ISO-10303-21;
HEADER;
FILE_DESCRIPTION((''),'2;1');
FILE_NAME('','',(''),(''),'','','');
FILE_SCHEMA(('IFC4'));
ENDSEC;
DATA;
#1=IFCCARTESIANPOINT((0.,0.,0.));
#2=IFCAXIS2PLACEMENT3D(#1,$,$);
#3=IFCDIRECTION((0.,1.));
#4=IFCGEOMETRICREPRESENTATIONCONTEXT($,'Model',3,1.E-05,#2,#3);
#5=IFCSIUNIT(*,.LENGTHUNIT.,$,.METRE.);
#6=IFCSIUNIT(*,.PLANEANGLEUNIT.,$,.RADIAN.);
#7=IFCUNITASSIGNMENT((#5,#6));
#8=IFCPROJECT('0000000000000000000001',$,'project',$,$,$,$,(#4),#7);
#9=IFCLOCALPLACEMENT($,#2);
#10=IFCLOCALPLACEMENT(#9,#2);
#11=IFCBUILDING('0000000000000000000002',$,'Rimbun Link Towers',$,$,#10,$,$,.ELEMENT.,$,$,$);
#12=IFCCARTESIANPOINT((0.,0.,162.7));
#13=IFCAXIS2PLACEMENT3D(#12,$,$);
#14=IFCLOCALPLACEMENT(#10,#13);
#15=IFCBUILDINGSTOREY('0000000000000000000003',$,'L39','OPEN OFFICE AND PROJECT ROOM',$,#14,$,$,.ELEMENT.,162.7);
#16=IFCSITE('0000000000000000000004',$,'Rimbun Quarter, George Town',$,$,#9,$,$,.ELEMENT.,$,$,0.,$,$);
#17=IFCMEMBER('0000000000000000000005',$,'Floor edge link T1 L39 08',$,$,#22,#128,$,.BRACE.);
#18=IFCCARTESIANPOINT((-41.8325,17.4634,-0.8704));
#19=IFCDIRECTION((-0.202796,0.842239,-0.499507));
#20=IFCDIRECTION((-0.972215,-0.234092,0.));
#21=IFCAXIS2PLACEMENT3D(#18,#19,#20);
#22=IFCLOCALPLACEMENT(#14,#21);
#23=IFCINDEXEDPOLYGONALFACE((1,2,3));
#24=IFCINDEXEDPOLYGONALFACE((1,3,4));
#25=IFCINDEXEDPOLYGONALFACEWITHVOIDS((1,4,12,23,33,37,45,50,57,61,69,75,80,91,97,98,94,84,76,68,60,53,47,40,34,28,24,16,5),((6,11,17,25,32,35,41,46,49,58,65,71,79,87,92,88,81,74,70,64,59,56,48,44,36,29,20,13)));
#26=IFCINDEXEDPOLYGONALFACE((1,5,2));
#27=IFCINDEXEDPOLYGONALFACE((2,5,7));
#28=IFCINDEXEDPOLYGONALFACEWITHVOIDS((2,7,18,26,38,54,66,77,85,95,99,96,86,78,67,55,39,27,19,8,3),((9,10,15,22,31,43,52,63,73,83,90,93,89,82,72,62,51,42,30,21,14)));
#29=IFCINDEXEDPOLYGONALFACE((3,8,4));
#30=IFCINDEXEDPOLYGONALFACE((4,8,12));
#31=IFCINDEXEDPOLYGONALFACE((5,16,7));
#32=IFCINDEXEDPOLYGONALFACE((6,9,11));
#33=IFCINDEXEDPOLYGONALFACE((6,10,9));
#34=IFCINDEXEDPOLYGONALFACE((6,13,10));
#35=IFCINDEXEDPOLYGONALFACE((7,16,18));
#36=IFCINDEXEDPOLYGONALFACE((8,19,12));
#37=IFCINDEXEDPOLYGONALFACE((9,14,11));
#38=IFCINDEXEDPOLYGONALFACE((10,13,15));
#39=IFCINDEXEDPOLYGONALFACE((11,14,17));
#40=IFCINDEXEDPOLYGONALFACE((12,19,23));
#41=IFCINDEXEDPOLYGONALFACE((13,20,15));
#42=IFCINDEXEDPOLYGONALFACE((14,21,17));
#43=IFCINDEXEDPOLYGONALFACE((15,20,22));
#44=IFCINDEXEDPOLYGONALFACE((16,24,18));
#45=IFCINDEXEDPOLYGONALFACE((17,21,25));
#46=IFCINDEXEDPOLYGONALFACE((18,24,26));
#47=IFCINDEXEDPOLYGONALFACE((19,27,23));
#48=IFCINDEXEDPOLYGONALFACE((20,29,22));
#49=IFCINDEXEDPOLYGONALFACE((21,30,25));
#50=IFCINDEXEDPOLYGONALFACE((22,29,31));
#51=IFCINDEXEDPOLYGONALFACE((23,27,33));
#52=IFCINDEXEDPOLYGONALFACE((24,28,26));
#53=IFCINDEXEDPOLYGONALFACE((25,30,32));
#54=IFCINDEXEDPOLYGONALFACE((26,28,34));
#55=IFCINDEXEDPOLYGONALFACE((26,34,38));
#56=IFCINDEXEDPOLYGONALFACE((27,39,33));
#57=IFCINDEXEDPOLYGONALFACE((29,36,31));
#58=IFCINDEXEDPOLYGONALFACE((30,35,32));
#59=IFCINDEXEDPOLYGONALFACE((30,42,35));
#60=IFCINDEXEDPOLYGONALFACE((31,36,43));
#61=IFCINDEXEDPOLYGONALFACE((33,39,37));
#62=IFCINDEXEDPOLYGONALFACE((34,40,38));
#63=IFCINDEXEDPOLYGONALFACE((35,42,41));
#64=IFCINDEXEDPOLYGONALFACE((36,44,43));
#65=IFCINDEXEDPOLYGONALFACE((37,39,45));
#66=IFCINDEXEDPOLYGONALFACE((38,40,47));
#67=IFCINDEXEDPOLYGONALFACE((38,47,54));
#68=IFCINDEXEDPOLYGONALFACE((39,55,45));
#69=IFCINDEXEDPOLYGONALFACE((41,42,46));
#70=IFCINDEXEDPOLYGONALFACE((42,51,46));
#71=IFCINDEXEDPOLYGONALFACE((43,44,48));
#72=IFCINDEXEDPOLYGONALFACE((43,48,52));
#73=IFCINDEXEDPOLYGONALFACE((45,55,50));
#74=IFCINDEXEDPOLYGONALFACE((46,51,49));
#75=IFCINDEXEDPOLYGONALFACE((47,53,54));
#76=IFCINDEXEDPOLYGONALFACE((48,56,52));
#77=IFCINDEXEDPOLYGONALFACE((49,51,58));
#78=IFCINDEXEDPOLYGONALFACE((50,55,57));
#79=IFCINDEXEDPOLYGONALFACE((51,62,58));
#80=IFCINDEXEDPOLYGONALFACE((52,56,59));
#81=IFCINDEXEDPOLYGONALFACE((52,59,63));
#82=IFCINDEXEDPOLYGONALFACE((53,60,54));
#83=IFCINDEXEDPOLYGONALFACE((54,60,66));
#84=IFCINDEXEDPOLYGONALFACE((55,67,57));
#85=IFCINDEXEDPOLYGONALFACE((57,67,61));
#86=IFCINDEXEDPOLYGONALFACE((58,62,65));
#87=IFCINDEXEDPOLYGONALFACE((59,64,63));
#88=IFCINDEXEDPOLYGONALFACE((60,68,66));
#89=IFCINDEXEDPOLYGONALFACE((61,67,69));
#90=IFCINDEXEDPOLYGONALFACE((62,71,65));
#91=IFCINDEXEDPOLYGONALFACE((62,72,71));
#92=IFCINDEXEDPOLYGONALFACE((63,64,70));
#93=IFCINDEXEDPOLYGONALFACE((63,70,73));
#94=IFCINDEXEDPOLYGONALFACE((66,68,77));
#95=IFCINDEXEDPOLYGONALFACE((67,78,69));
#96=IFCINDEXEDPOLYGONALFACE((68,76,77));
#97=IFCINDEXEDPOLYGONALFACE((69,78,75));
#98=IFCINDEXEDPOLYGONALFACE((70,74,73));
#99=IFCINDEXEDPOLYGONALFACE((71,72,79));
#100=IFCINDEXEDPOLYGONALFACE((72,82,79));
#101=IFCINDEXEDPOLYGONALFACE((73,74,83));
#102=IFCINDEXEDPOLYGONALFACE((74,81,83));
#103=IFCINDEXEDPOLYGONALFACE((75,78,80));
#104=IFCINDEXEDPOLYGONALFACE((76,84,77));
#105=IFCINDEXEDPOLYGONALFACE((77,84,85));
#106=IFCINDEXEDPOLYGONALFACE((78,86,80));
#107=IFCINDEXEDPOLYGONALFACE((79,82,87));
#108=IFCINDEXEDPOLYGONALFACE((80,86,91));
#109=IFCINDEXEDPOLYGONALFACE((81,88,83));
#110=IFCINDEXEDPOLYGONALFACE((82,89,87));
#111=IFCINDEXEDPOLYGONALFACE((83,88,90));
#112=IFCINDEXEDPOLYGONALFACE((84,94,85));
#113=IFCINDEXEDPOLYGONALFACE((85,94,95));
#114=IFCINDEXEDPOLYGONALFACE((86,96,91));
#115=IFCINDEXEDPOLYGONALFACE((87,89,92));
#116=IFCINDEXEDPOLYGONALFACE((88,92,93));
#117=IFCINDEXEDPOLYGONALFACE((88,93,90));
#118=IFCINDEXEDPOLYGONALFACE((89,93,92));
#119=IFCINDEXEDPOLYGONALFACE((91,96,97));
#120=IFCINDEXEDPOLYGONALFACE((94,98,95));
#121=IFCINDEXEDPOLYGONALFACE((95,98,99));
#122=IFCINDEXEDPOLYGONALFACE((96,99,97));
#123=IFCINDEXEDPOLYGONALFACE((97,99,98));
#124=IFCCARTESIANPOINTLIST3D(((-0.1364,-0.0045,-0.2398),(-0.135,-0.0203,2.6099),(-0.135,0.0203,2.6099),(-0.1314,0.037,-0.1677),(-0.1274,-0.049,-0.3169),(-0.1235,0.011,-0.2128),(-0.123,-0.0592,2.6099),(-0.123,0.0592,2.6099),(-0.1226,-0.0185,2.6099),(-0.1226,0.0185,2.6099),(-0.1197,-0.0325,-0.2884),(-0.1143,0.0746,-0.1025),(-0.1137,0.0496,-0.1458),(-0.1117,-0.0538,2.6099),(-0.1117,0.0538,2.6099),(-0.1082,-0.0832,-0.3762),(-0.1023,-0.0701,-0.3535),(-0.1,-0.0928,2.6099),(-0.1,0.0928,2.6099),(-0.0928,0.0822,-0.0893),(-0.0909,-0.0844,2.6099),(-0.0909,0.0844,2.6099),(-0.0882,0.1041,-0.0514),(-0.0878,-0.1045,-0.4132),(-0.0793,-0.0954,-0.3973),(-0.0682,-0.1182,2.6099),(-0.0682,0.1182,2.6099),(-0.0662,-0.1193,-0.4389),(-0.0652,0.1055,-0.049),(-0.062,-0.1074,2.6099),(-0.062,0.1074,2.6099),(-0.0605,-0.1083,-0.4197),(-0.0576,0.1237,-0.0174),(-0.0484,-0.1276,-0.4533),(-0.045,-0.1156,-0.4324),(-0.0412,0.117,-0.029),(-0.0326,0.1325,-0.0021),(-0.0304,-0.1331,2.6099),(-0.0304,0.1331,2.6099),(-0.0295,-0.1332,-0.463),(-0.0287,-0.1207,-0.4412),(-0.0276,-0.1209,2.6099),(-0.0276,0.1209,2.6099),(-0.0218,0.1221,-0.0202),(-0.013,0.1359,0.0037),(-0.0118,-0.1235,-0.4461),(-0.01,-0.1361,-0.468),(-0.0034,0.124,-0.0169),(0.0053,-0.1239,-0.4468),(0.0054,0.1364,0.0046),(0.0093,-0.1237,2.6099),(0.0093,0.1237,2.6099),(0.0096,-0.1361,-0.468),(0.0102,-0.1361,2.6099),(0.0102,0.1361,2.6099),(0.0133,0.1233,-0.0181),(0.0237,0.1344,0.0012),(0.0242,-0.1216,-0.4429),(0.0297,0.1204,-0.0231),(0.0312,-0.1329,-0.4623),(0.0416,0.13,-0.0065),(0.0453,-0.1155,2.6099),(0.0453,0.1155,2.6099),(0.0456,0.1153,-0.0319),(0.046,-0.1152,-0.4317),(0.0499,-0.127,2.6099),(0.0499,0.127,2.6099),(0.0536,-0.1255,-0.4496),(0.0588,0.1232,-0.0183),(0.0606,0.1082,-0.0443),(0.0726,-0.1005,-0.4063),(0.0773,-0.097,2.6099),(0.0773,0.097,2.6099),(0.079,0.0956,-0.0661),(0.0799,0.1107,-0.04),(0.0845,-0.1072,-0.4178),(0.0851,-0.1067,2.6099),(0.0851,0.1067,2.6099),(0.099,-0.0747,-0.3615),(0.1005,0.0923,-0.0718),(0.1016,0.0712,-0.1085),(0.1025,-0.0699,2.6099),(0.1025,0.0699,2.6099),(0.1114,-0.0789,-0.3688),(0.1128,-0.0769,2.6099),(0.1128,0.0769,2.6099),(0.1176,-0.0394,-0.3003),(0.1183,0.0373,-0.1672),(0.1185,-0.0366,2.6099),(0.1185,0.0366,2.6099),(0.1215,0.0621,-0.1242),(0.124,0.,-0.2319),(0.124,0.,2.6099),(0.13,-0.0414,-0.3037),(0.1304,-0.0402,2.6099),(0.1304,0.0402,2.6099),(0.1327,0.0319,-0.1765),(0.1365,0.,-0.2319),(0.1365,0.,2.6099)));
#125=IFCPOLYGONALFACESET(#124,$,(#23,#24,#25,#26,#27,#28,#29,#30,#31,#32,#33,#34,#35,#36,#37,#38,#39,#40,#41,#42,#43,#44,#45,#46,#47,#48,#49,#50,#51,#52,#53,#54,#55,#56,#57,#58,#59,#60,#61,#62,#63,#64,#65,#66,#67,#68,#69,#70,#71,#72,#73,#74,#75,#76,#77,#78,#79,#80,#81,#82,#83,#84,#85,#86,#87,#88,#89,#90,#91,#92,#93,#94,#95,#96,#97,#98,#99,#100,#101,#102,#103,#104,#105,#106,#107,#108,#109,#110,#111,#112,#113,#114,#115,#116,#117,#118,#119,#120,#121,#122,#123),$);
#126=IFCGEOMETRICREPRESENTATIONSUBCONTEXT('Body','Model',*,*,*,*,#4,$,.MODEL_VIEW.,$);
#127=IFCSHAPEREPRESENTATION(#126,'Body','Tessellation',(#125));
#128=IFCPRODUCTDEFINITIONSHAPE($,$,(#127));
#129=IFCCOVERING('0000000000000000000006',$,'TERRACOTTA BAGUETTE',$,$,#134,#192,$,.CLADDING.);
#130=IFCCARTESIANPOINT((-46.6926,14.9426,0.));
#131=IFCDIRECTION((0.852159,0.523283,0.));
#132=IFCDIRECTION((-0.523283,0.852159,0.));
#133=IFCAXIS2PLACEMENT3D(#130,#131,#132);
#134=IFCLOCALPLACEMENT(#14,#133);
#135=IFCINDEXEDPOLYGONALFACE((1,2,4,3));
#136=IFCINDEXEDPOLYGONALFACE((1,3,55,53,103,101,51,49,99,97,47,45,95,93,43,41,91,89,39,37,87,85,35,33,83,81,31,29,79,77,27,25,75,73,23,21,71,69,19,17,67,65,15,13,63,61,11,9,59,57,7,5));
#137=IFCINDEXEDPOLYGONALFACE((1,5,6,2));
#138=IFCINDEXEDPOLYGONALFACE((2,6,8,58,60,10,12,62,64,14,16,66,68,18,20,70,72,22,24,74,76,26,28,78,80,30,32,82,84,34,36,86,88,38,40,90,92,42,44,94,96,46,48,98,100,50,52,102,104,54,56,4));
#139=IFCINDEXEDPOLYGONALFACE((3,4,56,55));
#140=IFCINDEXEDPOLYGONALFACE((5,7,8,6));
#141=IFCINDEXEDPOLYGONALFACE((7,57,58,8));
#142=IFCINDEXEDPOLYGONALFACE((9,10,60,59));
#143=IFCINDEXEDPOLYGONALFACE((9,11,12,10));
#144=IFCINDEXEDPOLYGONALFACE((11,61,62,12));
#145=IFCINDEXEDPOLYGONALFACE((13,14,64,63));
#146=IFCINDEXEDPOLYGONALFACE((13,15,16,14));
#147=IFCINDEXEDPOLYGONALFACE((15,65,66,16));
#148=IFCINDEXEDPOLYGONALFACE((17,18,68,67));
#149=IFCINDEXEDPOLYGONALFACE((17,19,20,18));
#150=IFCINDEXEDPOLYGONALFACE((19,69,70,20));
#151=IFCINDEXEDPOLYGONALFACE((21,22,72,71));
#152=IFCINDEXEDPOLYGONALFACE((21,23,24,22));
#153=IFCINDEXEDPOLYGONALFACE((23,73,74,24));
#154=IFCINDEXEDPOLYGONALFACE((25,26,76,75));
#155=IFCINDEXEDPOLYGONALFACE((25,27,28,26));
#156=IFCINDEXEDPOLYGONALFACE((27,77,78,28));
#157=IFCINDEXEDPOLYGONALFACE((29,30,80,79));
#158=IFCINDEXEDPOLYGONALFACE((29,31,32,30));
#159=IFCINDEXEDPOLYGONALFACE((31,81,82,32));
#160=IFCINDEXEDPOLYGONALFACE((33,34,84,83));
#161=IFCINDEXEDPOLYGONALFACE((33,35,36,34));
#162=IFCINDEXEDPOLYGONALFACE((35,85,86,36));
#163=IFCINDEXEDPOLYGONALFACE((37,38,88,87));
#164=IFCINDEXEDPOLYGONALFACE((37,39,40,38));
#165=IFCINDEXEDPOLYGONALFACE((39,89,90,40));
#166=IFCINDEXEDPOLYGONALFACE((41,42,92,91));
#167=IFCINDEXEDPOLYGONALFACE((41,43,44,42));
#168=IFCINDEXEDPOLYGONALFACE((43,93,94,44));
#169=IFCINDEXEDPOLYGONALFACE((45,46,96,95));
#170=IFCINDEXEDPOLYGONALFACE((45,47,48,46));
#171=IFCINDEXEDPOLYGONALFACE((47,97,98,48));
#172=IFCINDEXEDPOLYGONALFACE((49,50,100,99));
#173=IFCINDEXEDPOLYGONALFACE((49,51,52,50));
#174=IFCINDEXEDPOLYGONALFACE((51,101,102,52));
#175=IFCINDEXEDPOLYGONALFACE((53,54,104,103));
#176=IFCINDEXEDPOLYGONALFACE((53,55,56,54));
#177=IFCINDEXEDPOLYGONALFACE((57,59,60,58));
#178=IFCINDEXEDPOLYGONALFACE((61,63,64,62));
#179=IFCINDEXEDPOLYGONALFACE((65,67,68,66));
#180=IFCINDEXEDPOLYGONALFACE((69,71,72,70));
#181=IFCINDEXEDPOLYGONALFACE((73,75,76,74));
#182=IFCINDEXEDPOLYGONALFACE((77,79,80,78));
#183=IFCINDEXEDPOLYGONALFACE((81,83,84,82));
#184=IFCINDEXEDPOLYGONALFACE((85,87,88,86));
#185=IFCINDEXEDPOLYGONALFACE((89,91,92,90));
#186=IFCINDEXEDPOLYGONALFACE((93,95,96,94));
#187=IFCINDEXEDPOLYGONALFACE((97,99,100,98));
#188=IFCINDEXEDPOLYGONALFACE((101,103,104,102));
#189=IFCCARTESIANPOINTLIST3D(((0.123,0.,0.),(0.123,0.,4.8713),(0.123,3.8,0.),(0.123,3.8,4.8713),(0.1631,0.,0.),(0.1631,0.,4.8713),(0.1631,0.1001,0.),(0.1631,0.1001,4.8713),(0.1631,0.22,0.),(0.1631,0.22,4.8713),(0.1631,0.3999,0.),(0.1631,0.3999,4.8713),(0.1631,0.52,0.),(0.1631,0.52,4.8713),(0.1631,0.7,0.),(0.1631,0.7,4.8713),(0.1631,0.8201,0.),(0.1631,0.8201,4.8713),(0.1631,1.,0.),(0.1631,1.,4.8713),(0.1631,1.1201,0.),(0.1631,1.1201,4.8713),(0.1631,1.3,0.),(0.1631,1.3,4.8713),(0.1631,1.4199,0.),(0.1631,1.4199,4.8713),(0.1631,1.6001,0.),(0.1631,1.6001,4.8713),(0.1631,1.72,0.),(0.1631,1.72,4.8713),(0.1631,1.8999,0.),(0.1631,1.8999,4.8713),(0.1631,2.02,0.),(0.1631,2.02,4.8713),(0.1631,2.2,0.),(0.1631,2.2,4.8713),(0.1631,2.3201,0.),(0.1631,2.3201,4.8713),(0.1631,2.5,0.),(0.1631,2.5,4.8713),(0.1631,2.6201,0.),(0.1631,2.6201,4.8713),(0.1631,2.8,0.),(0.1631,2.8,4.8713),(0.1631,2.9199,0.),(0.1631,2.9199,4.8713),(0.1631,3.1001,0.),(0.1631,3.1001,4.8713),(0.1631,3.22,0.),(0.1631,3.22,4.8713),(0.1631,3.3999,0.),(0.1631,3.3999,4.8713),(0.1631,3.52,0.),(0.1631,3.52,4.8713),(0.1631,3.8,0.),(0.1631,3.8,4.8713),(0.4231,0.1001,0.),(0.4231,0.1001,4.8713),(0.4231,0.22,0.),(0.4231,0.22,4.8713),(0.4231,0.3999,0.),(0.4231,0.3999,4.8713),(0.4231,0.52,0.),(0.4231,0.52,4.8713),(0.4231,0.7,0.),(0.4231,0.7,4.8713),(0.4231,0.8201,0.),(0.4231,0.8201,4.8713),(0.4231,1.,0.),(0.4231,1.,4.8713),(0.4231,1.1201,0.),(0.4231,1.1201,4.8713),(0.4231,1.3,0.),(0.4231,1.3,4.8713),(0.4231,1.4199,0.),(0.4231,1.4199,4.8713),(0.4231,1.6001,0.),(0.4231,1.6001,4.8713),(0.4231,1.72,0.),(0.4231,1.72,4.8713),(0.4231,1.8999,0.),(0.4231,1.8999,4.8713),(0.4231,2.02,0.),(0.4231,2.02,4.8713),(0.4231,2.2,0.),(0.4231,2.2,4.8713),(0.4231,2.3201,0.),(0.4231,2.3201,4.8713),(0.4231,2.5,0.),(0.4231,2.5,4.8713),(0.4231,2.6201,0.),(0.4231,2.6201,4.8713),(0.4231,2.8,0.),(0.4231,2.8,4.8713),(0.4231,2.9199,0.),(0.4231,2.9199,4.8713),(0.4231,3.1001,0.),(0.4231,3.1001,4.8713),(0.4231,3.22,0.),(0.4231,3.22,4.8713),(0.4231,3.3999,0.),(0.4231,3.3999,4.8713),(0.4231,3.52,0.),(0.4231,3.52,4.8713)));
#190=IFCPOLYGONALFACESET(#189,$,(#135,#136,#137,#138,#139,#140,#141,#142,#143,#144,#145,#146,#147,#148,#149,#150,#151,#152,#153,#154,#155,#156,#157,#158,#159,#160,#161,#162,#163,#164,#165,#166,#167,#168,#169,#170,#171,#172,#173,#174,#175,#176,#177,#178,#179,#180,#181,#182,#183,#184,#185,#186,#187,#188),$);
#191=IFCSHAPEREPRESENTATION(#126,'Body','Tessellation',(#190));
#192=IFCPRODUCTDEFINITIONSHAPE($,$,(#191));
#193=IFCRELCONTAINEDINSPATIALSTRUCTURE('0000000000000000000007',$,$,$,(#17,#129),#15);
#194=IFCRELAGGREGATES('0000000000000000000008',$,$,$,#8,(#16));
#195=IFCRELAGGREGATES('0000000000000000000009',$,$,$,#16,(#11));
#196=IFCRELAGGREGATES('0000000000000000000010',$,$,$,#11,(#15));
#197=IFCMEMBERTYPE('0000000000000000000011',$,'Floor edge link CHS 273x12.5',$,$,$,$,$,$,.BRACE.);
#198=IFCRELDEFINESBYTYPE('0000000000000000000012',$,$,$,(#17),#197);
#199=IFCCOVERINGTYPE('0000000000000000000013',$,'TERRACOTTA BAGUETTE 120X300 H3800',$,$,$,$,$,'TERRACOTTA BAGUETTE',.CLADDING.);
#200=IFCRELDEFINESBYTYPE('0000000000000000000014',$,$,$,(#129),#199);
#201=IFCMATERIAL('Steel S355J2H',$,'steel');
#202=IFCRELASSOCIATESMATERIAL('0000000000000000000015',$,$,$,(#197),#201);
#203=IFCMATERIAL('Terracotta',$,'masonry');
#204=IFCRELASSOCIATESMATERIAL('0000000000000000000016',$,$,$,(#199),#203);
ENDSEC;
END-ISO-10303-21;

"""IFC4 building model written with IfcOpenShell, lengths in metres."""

from ifc_helpers import new_model, si_unit, direction, frame, origin, origin_2d, place, context, subcontext, project, spatial, polyline, hollow_circle, outline, extrude, clip, halfspace, material, material_profile, profile_set, type_object, element, save


model = new_model("IFC4")

# Units and contexts
model_context = context("Model", 3, precision=1e-05, world=origin(), true_north=direction((0.0, 1.0)))
body_context = subcontext(model_context, "Body", "Model", "MODEL_VIEW")
ifc_project = project(units=[si_unit("LENGTHUNIT", "METRE"), si_unit("PLANEANGLEUNIT", "RADIAN")], contexts=[model_context])

# Site, building, storey
site_placement = place(None, origin())
site = spatial("IfcSite", under=ifc_project, at=site_placement, Name="Rimbun Quarter, George Town", CompositionType="ELEMENT", RefElevation=0.0)
building_placement = place(site_placement, origin())
building = spatial("IfcBuilding", under=site, at=building_placement, Name="Rimbun Link Towers", CompositionType="ELEMENT")
storey_placement = place(building_placement, frame((0.0, 0.0, 162.7)))
storey = spatial("IfcBuildingStorey", under=building, at=storey_placement, Name="L39", Description="OPEN OFFICE AND PROJECT ROOM", CompositionType="ELEMENT", Elevation=162.7)

# Member
ifc_material_1 = material(Name="Steel S355J2H", Category="steel")
ifc_material_profile_1 = material_profile(ifc_material_1, hollow_circle(Radius=0.1365, WallThickness=0.0125, at=origin_2d()), Name="CHS 273x12.5")
ifc_profile_set_1 = profile_set([ifc_material_profile_1], Name="Steel S355J2H")
member_type_1 = type_object("IfcMemberType", Name="Floor edge link CHS 273x12.5", PredefinedType="BRACE", material=ifc_profile_set_1)
member_1_placement = place(storey_placement, frame((-41.8325, 17.4634, -0.8704), z_axis=(-0.202796, 0.842239, -0.499507), x_axis=(-0.972215, -0.234092, 0.0)))
element("IfcMember", 1, at=member_1_placement, inside=storey, type_object=member_type_1, Name="Floor edge link T1 L39 08", PredefinedType="BRACE", context=body_context, shape_type="Clipping", body=[
    clip(extrude(hollow_circle(Radius=0.1365, WallThickness=0.0125, at=origin_2d()), frame((0.0, 0.0, -0.4937)), (0.0, 0.0, 1.0), 3.1035), halfspace(frame((0.0, 0.0, -0.2319), z_axis=(0.0, 0.86631, -0.499507)), False)),
])

# Covering
ifc_material_2 = material(Name="Terracotta", Category="masonry")
ifc_material_profile_2 = material_profile(ifc_material_2, outline(polyline([(0.123, 0.0), (0.1631, 0.0), (0.1631, 0.1001), (0.4231, 0.1001), (0.4231, 0.22), (0.1631, 0.22), (0.1631, 0.3999), (0.4231, 0.3999), (0.4231, 0.52), (0.1631, 0.52), (0.1631, 0.7), (0.4231, 0.7), (0.4231, 0.8201), (0.1631, 0.8201), (0.1631, 1.0), (0.4231, 1.0), (0.4231, 1.1201), (0.1631, 1.1201), (0.1631, 1.3), (0.4231, 1.3), (0.4231, 1.4199), (0.1631, 1.4199), (0.1631, 1.6001), (0.4231, 1.6001), (0.4231, 1.72), (0.1631, 1.72), (0.1631, 1.8999), (0.4231, 1.8999), (0.4231, 2.02), (0.1631, 2.02), (0.1631, 2.2), (0.4231, 2.2), (0.4231, 2.3201), (0.1631, 2.3201), (0.1631, 2.5), (0.4231, 2.5), (0.4231, 2.6201), (0.1631, 2.6201), (0.1631, 2.8), (0.4231, 2.8), (0.4231, 2.9199), (0.1631, 2.9199), (0.1631, 3.1001), (0.4231, 3.1001), (0.4231, 3.22), (0.1631, 3.22), (0.1631, 3.3999), (0.4231, 3.3999), (0.4231, 3.52), (0.1631, 3.52), (0.1631, 3.8), (0.123, 3.8), (0.123, 0.0)])), Name="BAGUETTE 120X300")
ifc_profile_set_2 = profile_set([ifc_material_profile_2], Name="Terracotta")
covering_type = type_object("IfcCoveringType", Name="TERRACOTTA BAGUETTE 120X300 H3800", ElementType="TERRACOTTA BAGUETTE", PredefinedType="CLADDING", material=ifc_profile_set_2)
covering_placement = place(storey_placement, frame((-46.6926, 14.9426, 0.0), z_axis=(0.852159, 0.523283, 0.0), x_axis=(-0.523283, 0.852159, 0.0)))
element("IfcCovering", 2, at=covering_placement, inside=storey, type_object=covering_type, Name="TERRACOTTA BAGUETTE", PredefinedType="CLADDING", context=body_context, shape_type="SweptSolid", body=[
    extrude(outline(polyline([(0.123, 0.0), (0.1631, 0.0), (0.1631, 0.1001), (0.4231, 0.1001), (0.4231, 0.22), (0.1631, 0.22), (0.1631, 0.3999), (0.4231, 0.3999), (0.4231, 0.52), (0.1631, 0.52), (0.1631, 0.7), (0.4231, 0.7), (0.4231, 0.8201), (0.1631, 0.8201), (0.1631, 1.0), (0.4231, 1.0), (0.4231, 1.1201), (0.1631, 1.1201), (0.1631, 1.3), (0.4231, 1.3), (0.4231, 1.4199), (0.1631, 1.4199), (0.1631, 1.6001), (0.4231, 1.6001), (0.4231, 1.72), (0.1631, 1.72), (0.1631, 1.8999), (0.4231, 1.8999), (0.4231, 2.02), (0.1631, 2.02), (0.1631, 2.2), (0.4231, 2.2), (0.4231, 2.3201), (0.1631, 2.3201), (0.1631, 2.5), (0.4231, 2.5), (0.4231, 2.6201), (0.1631, 2.6201), (0.1631, 2.8), (0.4231, 2.8), (0.4231, 2.9199), (0.1631, 2.9199), (0.1631, 3.1001), (0.4231, 3.1001), (0.4231, 3.22), (0.1631, 3.22), (0.1631, 3.3999), (0.4231, 3.3999), (0.4231, 3.52), (0.1631, 3.52), (0.1631, 3.8), (0.123, 3.8), (0.123, 0.0)])), origin(), (0.0, 0.0, 1.0), 4.8713),
])

save(model, "model.ifc")
